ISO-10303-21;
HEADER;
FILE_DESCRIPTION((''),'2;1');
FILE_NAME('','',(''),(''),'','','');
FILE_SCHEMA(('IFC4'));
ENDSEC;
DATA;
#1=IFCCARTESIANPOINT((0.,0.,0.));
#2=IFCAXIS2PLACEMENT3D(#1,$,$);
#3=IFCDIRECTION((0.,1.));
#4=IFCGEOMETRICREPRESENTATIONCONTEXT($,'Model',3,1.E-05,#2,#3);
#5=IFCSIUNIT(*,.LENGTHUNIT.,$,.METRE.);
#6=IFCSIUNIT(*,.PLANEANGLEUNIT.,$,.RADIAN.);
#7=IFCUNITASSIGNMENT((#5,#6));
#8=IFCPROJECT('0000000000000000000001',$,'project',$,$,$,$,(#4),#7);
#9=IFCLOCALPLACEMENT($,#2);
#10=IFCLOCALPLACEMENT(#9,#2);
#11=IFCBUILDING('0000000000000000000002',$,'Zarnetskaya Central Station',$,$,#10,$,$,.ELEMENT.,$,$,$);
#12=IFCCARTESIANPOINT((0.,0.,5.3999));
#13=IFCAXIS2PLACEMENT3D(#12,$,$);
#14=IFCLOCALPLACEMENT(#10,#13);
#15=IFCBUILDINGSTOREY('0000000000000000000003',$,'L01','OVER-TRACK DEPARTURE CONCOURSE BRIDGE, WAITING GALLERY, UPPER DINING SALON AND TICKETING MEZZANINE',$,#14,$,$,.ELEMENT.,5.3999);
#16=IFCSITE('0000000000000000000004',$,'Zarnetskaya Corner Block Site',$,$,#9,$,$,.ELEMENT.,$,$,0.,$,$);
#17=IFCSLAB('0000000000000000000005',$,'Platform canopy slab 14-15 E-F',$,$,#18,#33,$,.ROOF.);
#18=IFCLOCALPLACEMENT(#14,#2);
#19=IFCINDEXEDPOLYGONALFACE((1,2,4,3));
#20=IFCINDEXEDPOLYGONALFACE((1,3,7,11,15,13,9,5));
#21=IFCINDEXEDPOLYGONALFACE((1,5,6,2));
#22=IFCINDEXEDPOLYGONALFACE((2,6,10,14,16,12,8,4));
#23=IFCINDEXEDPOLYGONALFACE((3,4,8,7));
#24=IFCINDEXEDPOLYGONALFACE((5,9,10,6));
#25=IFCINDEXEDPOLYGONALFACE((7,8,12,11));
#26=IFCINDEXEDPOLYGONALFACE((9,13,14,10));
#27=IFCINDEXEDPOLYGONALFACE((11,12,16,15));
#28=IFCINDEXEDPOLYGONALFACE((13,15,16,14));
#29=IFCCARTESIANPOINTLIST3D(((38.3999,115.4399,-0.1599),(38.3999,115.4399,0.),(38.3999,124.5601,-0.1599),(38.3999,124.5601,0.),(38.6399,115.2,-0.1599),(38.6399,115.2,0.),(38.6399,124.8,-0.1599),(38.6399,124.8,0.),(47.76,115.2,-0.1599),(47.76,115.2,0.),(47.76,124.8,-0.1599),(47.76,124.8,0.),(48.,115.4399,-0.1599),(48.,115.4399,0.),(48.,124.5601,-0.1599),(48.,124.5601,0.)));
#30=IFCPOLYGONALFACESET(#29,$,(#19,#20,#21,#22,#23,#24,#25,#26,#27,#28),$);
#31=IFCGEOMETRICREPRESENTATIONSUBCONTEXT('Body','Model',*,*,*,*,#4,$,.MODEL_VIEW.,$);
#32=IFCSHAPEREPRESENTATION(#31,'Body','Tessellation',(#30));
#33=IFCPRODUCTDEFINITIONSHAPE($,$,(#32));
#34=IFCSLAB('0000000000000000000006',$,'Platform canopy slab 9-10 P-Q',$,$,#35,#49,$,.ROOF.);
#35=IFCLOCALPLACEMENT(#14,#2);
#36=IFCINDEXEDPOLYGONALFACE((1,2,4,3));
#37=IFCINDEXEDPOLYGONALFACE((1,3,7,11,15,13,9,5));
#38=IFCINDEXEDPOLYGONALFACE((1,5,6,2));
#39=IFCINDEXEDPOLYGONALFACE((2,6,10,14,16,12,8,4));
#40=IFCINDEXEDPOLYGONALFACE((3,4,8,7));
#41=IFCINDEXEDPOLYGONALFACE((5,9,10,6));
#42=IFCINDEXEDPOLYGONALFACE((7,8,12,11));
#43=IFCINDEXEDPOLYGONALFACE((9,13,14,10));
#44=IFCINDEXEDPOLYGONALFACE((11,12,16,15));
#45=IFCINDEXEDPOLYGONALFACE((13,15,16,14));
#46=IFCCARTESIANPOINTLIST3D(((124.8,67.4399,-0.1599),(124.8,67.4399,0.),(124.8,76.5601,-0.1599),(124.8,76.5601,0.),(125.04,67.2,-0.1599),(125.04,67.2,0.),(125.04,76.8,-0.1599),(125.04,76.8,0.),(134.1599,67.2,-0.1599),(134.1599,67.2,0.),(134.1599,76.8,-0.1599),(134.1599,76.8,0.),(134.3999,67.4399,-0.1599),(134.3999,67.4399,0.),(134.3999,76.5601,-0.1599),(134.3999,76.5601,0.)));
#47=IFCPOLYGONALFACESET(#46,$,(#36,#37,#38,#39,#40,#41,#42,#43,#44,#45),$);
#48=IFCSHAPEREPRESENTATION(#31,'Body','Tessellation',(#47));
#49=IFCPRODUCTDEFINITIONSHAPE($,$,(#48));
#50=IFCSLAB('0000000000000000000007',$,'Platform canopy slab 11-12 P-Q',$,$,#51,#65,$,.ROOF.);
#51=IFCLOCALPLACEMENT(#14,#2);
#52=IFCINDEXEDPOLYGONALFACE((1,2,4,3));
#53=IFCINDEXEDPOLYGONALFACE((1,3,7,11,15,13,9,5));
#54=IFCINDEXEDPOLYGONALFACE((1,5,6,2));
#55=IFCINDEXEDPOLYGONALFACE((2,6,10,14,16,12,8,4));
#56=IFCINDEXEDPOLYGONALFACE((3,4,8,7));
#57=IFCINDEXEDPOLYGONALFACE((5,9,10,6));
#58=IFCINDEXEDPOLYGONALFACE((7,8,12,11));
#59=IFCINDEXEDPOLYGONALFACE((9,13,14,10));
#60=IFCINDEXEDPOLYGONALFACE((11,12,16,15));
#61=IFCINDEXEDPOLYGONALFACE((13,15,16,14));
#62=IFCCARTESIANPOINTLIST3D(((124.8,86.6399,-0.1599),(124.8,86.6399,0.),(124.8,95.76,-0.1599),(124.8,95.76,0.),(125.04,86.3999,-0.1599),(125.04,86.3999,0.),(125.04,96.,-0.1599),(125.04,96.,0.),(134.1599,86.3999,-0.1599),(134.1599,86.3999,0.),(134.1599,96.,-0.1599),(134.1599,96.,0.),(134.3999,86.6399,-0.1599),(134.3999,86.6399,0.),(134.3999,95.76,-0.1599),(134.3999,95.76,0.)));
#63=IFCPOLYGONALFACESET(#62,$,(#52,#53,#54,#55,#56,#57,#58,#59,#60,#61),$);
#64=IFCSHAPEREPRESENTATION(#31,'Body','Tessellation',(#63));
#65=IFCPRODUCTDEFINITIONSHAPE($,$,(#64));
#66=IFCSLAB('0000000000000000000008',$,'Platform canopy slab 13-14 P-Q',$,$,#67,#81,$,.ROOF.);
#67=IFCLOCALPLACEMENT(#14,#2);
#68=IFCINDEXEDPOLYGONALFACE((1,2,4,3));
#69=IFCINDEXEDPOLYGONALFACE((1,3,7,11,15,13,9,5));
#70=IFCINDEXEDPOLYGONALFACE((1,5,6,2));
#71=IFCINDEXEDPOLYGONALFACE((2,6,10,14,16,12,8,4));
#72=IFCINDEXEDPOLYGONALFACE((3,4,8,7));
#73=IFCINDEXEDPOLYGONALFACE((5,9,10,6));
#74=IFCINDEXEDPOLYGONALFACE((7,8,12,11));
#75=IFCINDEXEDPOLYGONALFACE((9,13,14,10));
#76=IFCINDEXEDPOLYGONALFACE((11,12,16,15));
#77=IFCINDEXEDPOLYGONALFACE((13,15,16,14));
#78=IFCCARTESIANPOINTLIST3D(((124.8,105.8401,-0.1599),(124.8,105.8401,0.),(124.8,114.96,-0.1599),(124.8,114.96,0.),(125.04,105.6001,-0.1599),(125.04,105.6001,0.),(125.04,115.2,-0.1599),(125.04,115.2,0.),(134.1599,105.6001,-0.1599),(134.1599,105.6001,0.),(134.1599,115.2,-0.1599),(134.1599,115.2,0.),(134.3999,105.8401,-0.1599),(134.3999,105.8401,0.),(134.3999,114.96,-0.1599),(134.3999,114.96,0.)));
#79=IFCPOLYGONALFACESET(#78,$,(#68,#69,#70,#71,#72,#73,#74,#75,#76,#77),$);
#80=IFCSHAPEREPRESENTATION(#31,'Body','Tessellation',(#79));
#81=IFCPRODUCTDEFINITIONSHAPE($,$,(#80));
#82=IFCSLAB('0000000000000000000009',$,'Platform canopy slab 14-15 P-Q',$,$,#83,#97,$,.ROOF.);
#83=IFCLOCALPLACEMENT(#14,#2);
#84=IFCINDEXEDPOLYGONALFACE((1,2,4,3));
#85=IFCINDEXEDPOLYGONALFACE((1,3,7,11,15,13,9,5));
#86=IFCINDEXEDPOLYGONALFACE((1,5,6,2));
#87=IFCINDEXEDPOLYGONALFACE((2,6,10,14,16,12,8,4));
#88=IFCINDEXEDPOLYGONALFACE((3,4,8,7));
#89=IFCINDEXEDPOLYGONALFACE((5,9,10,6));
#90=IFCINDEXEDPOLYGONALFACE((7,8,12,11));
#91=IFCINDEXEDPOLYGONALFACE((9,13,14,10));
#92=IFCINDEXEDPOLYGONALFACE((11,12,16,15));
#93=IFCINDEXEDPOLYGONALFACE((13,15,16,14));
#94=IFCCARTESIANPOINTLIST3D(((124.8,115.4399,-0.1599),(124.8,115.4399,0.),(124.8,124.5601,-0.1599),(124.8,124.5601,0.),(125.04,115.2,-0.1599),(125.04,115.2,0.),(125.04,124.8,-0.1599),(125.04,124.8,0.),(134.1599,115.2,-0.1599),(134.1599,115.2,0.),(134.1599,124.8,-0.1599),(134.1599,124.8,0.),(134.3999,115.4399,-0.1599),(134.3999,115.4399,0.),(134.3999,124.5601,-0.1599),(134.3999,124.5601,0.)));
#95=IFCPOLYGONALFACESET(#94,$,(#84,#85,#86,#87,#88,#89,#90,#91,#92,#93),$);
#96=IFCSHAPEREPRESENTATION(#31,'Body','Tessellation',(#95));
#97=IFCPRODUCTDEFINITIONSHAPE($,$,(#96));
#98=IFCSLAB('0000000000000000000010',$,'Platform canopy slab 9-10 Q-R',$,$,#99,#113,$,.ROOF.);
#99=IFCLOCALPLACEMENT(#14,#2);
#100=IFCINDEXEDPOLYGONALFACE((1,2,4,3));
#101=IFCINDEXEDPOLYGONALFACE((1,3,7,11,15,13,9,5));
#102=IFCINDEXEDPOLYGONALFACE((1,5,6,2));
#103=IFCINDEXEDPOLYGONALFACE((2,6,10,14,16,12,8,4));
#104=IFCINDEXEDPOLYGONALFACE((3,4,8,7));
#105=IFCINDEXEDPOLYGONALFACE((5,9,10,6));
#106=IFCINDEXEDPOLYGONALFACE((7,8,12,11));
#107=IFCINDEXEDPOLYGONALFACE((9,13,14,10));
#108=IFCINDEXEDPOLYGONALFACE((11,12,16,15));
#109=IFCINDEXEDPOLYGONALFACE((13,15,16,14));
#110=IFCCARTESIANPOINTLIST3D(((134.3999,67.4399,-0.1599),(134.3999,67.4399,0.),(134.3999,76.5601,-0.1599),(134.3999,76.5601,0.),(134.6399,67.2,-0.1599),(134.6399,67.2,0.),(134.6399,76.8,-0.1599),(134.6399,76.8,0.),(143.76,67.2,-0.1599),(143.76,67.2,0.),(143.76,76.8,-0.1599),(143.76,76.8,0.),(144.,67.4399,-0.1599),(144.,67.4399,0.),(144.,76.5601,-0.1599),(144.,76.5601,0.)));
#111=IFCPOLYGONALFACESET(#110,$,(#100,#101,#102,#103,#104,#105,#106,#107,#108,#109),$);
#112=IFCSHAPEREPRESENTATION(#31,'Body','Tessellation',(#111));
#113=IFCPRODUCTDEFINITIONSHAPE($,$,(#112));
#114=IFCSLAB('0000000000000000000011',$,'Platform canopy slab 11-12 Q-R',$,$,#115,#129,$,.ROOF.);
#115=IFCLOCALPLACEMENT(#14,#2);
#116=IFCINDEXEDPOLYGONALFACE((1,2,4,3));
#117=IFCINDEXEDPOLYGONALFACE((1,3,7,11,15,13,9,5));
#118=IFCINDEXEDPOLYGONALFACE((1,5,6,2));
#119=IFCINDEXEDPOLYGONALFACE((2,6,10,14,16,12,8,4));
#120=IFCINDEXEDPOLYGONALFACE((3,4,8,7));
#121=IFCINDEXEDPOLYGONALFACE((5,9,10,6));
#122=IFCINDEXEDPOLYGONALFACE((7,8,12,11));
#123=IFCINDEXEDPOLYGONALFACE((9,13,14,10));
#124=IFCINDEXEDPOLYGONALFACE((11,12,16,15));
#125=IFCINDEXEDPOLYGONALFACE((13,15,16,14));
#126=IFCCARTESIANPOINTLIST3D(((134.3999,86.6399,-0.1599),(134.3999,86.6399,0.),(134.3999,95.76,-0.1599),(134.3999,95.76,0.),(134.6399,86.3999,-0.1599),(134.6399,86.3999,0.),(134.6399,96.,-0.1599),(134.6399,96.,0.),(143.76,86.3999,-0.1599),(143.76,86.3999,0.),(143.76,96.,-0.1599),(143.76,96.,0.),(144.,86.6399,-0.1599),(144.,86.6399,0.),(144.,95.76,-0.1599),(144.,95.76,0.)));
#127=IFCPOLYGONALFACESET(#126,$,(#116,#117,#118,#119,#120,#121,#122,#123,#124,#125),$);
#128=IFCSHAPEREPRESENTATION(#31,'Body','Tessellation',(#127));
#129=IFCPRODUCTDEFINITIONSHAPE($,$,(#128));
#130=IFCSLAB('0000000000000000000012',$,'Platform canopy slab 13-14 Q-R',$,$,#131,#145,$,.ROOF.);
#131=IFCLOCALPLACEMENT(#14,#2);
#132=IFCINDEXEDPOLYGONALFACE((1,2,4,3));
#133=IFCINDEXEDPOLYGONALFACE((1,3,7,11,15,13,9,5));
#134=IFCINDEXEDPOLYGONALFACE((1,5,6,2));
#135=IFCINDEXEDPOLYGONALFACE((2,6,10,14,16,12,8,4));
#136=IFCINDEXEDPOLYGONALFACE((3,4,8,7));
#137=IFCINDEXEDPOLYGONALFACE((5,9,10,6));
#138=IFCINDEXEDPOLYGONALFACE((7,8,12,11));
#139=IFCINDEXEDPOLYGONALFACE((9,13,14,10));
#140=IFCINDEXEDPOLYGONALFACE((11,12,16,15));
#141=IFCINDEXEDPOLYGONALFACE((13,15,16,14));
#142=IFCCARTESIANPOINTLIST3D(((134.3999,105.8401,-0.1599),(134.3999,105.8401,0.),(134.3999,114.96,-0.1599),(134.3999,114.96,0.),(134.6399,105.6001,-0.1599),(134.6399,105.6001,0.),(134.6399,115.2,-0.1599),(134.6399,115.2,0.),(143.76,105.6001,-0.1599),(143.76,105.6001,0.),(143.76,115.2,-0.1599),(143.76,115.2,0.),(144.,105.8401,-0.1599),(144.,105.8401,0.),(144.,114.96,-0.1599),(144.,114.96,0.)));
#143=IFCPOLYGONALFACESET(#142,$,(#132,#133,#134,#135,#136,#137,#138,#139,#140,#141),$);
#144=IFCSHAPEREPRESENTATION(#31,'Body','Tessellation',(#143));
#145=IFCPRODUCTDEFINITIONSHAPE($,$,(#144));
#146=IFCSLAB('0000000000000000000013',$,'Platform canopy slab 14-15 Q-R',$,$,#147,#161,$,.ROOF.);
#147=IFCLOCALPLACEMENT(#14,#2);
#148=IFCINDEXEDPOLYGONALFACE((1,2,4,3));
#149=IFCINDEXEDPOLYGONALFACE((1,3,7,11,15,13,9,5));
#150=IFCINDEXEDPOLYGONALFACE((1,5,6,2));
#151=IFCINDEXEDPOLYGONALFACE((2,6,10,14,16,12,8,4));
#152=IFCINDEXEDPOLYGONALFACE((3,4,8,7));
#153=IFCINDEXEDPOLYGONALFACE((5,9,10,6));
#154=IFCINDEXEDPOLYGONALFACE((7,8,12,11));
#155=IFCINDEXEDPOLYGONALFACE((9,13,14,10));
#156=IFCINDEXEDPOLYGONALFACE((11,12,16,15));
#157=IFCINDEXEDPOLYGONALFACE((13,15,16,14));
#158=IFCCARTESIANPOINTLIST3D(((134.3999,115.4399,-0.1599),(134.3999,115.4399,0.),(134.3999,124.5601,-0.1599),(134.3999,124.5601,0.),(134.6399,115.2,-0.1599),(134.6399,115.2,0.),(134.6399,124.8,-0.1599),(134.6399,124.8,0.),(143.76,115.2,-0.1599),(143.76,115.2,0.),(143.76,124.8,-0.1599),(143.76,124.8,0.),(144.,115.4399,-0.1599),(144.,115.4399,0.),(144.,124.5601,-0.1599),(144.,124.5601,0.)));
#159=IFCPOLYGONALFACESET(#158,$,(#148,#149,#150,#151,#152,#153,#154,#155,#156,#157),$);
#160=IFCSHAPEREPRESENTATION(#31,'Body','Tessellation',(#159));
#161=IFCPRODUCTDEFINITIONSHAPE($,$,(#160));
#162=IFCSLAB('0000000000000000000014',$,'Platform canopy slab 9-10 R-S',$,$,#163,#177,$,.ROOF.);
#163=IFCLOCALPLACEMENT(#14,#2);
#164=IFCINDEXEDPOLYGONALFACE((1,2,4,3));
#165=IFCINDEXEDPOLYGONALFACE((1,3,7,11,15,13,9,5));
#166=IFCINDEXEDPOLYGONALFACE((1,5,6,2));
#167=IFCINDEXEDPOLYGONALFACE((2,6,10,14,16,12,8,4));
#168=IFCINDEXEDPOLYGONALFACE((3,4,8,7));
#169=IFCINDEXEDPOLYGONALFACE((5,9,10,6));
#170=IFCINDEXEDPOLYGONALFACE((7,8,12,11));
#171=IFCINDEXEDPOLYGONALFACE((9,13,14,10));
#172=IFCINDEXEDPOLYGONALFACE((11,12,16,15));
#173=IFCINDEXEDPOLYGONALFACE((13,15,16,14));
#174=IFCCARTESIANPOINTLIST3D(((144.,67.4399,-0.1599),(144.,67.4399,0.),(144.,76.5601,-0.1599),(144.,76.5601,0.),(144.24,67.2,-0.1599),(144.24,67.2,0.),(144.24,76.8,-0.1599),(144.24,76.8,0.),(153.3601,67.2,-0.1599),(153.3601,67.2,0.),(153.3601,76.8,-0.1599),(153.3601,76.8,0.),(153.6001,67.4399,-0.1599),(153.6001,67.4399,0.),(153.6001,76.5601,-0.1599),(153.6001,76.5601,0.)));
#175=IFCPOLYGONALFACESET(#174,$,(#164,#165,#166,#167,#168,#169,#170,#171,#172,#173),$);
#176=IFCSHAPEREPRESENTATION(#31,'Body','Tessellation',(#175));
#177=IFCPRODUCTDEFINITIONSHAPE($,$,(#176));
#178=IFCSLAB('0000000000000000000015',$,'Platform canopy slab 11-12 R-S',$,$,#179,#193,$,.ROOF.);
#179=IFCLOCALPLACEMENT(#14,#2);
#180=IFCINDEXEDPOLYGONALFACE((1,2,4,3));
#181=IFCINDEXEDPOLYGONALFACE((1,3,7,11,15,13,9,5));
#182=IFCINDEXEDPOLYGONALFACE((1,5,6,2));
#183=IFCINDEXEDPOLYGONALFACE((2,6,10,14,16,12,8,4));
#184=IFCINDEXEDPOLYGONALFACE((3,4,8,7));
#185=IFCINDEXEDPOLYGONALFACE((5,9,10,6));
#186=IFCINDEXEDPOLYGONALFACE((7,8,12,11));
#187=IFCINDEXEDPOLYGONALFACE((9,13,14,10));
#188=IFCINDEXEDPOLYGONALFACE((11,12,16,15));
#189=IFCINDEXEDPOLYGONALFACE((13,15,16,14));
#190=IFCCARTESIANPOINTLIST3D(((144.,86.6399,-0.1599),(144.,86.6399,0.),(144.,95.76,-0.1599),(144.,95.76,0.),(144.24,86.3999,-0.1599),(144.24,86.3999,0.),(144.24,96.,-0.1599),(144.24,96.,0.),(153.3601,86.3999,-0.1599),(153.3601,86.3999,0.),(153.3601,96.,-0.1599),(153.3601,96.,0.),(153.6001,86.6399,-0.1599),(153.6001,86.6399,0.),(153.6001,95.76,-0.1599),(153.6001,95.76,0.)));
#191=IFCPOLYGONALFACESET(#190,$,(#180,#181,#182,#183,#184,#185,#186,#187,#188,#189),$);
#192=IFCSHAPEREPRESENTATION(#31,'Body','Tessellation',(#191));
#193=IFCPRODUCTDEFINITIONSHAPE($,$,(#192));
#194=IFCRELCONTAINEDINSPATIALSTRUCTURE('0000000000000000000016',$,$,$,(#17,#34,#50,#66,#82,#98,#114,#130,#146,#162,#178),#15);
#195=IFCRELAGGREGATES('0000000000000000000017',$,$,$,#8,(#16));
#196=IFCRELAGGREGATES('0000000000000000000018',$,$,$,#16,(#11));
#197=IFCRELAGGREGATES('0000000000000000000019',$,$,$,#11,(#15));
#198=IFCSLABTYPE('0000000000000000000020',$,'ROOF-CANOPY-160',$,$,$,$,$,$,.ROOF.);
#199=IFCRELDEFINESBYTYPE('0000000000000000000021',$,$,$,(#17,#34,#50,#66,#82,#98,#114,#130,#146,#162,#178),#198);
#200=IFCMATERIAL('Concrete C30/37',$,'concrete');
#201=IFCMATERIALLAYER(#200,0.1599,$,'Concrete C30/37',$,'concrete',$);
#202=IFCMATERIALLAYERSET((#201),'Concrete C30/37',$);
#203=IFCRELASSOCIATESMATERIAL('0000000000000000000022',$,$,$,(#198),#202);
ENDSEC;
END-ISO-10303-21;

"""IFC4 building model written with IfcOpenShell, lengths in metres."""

from ifc_helpers import new_model, si_unit, direction, frame, origin, place, context, subcontext, project, spatial, polyline, outline, extrude, material, layer, layer_set, type_object, element, save


model = new_model("IFC4")

# Units and contexts
model_context = context("Model", 3, precision=1e-05, world=origin(), true_north=direction((0.0, 1.0)))
body_context = subcontext(model_context, "Body", "Model", "MODEL_VIEW")
ifc_project = project(units=[si_unit("LENGTHUNIT", "METRE"), si_unit("PLANEANGLEUNIT", "RADIAN")], contexts=[model_context])

# Site, building, storey
site_placement = place(None, origin())
site = spatial("IfcSite", under=ifc_project, at=site_placement, Name="Zarnetskaya Corner Block Site", CompositionType="ELEMENT", RefElevation=0.0)
building_placement = place(site_placement, origin())
building = spatial("IfcBuilding", under=site, at=building_placement, Name="Zarnetskaya Central Station", CompositionType="ELEMENT")
storey_placement = place(building_placement, frame((0.0, 0.0, 5.3999)))
storey = spatial("IfcBuildingStorey", under=building, at=storey_placement, Name="L01", Description="OVER-TRACK DEPARTURE CONCOURSE BRIDGE, WAITING GALLERY, UPPER DINING SALON AND TICKETING MEZZANINE", CompositionType="ELEMENT", Elevation=5.3999)

# Slabs
ifc_material_1 = material(Name="Concrete C30/37", Category="concrete")
ifc_layer_1 = layer(ifc_material_1, 0.1599, Name="Concrete C30/37", Category="concrete")
ifc_layer_set_1 = layer_set([ifc_layer_1], Name="Concrete C30/37")
slab_type = type_object("IfcSlabType", Name="ROOF-CANOPY-160", PredefinedType="ROOF", material=ifc_layer_set_1)
slab_1_placement = place(storey_placement, frame((0.0, 0.0, -0.1599)))
element("IfcSlab", 1, at=slab_1_placement, inside=storey, type_object=slab_type, Name="Platform canopy slab 14-15 E-F", PredefinedType="ROOF", context=body_context, shape_type="SweptSolid", body=[
    extrude(outline(polyline([(38.6399, 115.2), (47.76, 115.2), (48.0, 115.4399), (48.0, 124.5601), (47.76, 124.8), (38.6399, 124.8), (38.3999, 124.5601), (38.3999, 115.4399), (38.6399, 115.2)])), origin(), (0.0, 0.0, 1.0), 0.1599),
])
slab_2_placement = place(storey_placement, frame((0.0, 0.0, -0.1599)))
element("IfcSlab", 2, at=slab_2_placement, inside=storey, type_object=slab_type, Name="Platform canopy slab 9-10 P-Q", PredefinedType="ROOF", context=body_context, shape_type="SweptSolid", body=[
    extrude(outline(polyline([(125.04, 67.2), (134.1599, 67.2), (134.3999, 67.4399), (134.3999, 76.5601), (134.1599, 76.8), (125.04, 76.8), (124.8, 76.5601), (124.8, 67.4399), (125.04, 67.2)])), origin(), (0.0, 0.0, 1.0), 0.1599),
])
slab_3_placement = place(storey_placement, frame((0.0, 0.0, -0.1599)))
element("IfcSlab", 3, at=slab_3_placement, inside=storey, type_object=slab_type, Name="Platform canopy slab 11-12 P-Q", PredefinedType="ROOF", context=body_context, shape_type="SweptSolid", body=[
    extrude(outline(polyline([(125.04, 86.3999), (134.1599, 86.3999), (134.3999, 86.6399), (134.3999, 95.76), (134.1599, 96.0), (125.04, 96.0), (124.8, 95.76), (124.8, 86.6399), (125.04, 86.3999)])), origin(), (0.0, 0.0, 1.0), 0.1599),
])
slab_4_placement = place(storey_placement, frame((0.0, 0.0, -0.1599)))
element("IfcSlab", 4, at=slab_4_placement, inside=storey, type_object=slab_type, Name="Platform canopy slab 13-14 P-Q", PredefinedType="ROOF", context=body_context, shape_type="SweptSolid", body=[
    extrude(outline(polyline([(125.04, 105.6001), (134.1599, 105.6001), (134.3999, 105.8401), (134.3999, 114.96), (134.1599, 115.2), (125.04, 115.2), (124.8, 114.96), (124.8, 105.8401), (125.04, 105.6001)])), origin(), (0.0, 0.0, 1.0), 0.1599),
])
slab_5_placement = place(storey_placement, frame((0.0, 0.0, -0.1599)))
element("IfcSlab", 5, at=slab_5_placement, inside=storey, type_object=slab_type, Name="Platform canopy slab 14-15 P-Q", PredefinedType="ROOF", context=body_context, shape_type="SweptSolid", body=[
    extrude(outline(polyline([(125.04, 115.2), (134.1599, 115.2), (134.3999, 115.4399), (134.3999, 124.5601), (134.1599, 124.8), (125.04, 124.8), (124.8, 124.5601), (124.8, 115.4399), (125.04, 115.2)])), origin(), (0.0, 0.0, 1.0), 0.1599),
])
slab_6_placement = place(storey_placement, frame((0.0, 0.0, -0.1599)))
element("IfcSlab", 6, at=slab_6_placement, inside=storey, type_object=slab_type, Name="Platform canopy slab 9-10 Q-R", PredefinedType="ROOF", context=body_context, shape_type="SweptSolid", body=[
    extrude(outline(polyline([(134.6399, 67.2), (143.76, 67.2), (144.0, 67.4399), (144.0, 76.5601), (143.76, 76.8), (134.6399, 76.8), (134.3999, 76.5601), (134.3999, 67.4399), (134.6399, 67.2)])), origin(), (0.0, 0.0, 1.0), 0.1599),
])
slab_7_placement = place(storey_placement, frame((0.0, 0.0, -0.1599)))
element("IfcSlab", 7, at=slab_7_placement, inside=storey, type_object=slab_type, Name="Platform canopy slab 11-12 Q-R", PredefinedType="ROOF", context=body_context, shape_type="SweptSolid", body=[
    extrude(outline(polyline([(134.6399, 86.3999), (143.76, 86.3999), (144.0, 86.6399), (144.0, 95.76), (143.76, 96.0), (134.6399, 96.0), (134.3999, 95.76), (134.3999, 86.6399), (134.6399, 86.3999)])), origin(), (0.0, 0.0, 1.0), 0.1599),
])
slab_8_placement = place(storey_placement, frame((0.0, 0.0, -0.1599)))
element("IfcSlab", 8, at=slab_8_placement, inside=storey, type_object=slab_type, Name="Platform canopy slab 13-14 Q-R", PredefinedType="ROOF", context=body_context, shape_type="SweptSolid", body=[
    extrude(outline(polyline([(134.6399, 105.6001), (143.76, 105.6001), (144.0, 105.8401), (144.0, 114.96), (143.76, 115.2), (134.6399, 115.2), (134.3999, 114.96), (134.3999, 105.8401), (134.6399, 105.6001)])), origin(), (0.0, 0.0, 1.0), 0.1599),
])
slab_9_placement = place(storey_placement, frame((0.0, 0.0, -0.1599)))
element("IfcSlab", 9, at=slab_9_placement, inside=storey, type_object=slab_type, Name="Platform canopy slab 14-15 Q-R", PredefinedType="ROOF", context=body_context, shape_type="SweptSolid", body=[
    extrude(outline(polyline([(134.6399, 115.2), (143.76, 115.2), (144.0, 115.4399), (144.0, 124.5601), (143.76, 124.8), (134.6399, 124.8), (134.3999, 124.5601), (134.3999, 115.4399), (134.6399, 115.2)])), origin(), (0.0, 0.0, 1.0), 0.1599),
])
slab_10_placement = place(storey_placement, frame((0.0, 0.0, -0.1599)))
element("IfcSlab", 10, at=slab_10_placement, inside=storey, type_object=slab_type, Name="Platform canopy slab 9-10 R-S", PredefinedType="ROOF", context=body_context, shape_type="SweptSolid", body=[
    extrude(outline(polyline([(144.24, 67.2), (153.3601, 67.2), (153.6001, 67.4399), (153.6001, 76.5601), (153.3601, 76.8), (144.24, 76.8), (144.0, 76.5601), (144.0, 67.4399), (144.24, 67.2)])), origin(), (0.0, 0.0, 1.0), 0.1599),
])
slab_11_placement = place(storey_placement, frame((0.0, 0.0, -0.1599)))
element("IfcSlab", 11, at=slab_11_placement, inside=storey, type_object=slab_type, Name="Platform canopy slab 11-12 R-S", PredefinedType="ROOF", context=body_context, shape_type="SweptSolid", body=[
    extrude(outline(polyline([(144.24, 86.3999), (153.3601, 86.3999), (153.6001, 86.6399), (153.6001, 95.76), (153.3601, 96.0), (144.24, 96.0), (144.0, 95.76), (144.0, 86.6399), (144.24, 86.3999)])), origin(), (0.0, 0.0, 1.0), 0.1599),
])

save(model, "model.ifc")
